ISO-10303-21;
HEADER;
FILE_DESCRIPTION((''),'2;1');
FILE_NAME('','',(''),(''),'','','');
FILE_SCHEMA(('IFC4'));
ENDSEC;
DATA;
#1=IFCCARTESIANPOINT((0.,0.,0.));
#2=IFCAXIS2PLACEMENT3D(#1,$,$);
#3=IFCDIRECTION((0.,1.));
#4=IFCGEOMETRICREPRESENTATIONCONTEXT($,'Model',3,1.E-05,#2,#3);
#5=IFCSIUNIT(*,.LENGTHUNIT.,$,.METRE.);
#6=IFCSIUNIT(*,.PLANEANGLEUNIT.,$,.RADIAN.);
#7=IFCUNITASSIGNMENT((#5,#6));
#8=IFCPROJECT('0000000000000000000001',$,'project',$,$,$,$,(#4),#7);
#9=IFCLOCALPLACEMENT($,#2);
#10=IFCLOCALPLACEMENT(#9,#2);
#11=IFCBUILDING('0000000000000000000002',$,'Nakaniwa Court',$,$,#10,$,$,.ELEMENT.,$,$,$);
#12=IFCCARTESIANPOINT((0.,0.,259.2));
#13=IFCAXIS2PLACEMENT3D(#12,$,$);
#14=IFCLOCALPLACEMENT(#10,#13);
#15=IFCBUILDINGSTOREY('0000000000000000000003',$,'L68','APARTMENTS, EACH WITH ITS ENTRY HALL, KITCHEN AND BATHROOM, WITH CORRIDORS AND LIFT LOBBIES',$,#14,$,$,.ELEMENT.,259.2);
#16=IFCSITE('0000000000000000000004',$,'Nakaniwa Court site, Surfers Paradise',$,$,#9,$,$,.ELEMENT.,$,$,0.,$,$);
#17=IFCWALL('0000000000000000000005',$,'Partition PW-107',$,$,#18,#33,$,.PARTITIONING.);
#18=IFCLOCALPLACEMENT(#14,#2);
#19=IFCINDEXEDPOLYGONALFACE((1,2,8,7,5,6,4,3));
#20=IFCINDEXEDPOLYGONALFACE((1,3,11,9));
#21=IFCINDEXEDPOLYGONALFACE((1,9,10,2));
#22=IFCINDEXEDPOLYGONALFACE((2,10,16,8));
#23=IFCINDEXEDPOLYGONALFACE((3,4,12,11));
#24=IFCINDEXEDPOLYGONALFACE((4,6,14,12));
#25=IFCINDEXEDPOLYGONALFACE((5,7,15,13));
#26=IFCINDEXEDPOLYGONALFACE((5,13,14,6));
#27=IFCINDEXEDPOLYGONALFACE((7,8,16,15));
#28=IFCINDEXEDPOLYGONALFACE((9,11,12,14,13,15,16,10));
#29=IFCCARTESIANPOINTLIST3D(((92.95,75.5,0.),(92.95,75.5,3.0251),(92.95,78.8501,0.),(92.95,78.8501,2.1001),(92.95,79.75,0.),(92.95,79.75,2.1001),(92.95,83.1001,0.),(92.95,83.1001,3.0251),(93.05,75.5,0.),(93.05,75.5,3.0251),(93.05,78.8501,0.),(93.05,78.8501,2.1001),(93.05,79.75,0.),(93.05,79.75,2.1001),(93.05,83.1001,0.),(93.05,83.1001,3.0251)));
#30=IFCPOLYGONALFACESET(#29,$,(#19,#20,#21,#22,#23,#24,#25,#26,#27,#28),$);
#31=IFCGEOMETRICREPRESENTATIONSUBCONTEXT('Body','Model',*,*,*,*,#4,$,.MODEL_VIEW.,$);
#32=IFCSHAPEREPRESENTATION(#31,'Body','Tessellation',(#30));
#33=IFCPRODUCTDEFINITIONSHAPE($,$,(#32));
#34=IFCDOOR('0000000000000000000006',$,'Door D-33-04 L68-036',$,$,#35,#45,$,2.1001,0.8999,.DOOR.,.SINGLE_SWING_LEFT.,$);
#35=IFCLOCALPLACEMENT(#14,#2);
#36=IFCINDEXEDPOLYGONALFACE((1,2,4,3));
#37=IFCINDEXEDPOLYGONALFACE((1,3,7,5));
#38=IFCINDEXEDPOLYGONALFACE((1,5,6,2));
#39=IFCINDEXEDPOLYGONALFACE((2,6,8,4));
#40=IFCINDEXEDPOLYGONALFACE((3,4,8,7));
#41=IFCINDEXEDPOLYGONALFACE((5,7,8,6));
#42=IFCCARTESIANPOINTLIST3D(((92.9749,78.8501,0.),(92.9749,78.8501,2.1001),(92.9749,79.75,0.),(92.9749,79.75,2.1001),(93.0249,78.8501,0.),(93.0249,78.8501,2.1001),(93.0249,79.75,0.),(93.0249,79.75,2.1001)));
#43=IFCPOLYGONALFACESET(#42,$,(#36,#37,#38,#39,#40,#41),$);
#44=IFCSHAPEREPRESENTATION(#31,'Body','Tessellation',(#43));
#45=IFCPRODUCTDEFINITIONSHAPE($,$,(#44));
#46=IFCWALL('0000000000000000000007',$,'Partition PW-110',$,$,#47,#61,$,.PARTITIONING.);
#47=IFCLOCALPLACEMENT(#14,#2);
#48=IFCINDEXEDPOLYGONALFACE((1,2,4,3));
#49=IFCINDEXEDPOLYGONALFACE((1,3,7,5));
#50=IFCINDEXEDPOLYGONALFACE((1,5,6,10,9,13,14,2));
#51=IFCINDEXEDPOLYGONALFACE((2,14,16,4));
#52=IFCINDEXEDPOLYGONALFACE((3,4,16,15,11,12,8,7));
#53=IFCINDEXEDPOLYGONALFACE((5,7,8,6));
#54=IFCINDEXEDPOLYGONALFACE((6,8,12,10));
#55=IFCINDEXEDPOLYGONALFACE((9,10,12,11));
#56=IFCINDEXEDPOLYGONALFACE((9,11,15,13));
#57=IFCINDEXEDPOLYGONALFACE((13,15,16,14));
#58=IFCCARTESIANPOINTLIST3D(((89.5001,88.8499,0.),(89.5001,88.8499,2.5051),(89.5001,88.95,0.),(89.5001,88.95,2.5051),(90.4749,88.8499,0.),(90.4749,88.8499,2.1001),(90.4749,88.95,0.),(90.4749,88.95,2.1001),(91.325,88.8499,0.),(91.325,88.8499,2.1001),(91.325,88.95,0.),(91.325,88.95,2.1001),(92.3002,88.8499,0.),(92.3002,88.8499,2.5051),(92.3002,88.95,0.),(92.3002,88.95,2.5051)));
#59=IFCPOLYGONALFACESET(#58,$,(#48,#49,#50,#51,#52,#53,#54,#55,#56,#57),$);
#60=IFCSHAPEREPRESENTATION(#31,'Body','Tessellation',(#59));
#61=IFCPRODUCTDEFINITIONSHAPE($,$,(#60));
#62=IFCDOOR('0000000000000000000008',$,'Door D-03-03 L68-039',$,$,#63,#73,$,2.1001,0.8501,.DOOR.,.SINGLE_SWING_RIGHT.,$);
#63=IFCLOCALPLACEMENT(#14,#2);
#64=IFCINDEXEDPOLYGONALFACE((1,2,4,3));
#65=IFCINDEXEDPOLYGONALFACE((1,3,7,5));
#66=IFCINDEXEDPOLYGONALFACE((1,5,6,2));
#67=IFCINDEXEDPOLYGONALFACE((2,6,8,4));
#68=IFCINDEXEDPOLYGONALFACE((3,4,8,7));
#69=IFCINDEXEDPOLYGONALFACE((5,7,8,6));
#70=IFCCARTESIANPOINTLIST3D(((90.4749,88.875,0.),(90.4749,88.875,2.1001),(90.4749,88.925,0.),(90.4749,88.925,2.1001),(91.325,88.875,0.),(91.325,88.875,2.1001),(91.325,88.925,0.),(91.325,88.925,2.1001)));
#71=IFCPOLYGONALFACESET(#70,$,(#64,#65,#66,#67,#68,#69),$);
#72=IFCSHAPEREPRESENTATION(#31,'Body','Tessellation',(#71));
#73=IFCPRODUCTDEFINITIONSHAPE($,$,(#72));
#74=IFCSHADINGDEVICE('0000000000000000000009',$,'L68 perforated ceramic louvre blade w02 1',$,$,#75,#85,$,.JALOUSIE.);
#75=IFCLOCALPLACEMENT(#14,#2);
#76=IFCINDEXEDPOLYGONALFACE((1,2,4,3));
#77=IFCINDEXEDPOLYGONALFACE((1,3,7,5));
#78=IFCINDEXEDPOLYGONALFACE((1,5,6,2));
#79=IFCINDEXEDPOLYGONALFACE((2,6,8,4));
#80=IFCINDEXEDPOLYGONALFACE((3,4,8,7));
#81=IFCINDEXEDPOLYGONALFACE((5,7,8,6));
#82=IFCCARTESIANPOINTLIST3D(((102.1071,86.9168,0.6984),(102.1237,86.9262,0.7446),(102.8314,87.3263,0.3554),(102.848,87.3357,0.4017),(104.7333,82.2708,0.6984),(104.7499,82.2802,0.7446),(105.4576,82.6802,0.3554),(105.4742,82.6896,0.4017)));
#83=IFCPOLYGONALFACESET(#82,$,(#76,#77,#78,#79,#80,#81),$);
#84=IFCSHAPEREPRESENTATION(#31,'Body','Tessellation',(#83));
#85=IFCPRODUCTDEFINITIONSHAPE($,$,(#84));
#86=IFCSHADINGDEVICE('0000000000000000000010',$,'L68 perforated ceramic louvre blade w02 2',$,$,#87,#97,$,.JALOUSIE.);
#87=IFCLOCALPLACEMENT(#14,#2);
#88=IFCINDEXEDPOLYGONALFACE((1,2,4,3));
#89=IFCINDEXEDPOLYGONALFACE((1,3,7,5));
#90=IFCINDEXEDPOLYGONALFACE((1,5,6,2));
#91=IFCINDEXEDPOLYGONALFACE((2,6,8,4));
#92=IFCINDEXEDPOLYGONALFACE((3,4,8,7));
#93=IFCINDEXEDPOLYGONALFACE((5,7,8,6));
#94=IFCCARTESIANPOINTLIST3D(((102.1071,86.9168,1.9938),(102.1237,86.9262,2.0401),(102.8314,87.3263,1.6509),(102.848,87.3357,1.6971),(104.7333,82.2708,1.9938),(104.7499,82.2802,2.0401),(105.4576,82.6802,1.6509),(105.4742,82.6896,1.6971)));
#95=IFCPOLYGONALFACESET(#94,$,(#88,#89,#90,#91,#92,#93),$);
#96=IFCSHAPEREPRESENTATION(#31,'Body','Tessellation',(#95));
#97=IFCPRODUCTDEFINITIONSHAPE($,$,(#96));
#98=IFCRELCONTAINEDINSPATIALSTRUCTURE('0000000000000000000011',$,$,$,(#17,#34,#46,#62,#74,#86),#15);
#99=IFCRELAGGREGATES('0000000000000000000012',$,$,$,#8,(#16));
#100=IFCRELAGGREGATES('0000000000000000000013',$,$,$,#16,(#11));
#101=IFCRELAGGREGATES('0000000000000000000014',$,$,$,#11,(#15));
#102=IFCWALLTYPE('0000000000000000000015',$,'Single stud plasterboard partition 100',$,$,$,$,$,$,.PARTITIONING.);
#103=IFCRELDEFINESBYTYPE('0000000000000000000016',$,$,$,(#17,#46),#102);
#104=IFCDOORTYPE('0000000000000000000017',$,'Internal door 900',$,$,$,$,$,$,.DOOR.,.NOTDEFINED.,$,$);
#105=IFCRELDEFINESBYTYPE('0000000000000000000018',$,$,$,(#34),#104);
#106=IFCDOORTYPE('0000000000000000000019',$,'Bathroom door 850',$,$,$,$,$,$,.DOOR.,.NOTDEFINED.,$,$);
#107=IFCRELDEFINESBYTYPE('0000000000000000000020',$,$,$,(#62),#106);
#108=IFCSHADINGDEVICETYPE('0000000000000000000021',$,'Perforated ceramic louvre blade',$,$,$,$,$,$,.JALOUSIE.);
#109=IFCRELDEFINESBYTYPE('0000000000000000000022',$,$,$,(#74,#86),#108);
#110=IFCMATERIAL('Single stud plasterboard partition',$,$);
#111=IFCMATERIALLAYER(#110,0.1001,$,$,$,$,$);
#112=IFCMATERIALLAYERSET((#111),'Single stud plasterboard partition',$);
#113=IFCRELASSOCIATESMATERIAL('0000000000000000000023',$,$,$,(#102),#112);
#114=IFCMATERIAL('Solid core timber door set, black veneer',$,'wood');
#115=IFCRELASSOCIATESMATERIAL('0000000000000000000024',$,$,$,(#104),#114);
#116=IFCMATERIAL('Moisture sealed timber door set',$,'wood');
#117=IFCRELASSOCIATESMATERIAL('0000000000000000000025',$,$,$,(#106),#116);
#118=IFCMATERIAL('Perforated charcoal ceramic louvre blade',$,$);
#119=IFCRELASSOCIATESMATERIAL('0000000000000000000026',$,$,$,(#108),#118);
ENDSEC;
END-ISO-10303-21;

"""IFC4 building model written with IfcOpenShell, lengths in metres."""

from ifc_helpers import new_model, si_unit, direction, frame, frame_2d, origin, origin_2d, place, context, subcontext, project, spatial, rectangle, extrude, material, layer, layer_set, material_profile, profile_set, type_object, element, fill, save


model = new_model("IFC4")

# Units and contexts
model_context = context("Model", 3, precision=1e-05, world=origin(), true_north=direction((0.0, 1.0)))
body_context = subcontext(model_context, "Body", "Model", "MODEL_VIEW")
ifc_project = project(units=[si_unit("LENGTHUNIT", "METRE"), si_unit("PLANEANGLEUNIT", "RADIAN")], contexts=[model_context])

# Site, building, storey
site_placement = place(None, origin())
site = spatial("IfcSite", under=ifc_project, at=site_placement, Name="Nakaniwa Court site, Surfers Paradise", CompositionType="ELEMENT", RefElevation=0.0)
building_placement = place(site_placement, origin())
building = spatial("IfcBuilding", under=site, at=building_placement, Name="Nakaniwa Court", CompositionType="ELEMENT")
storey_placement = place(building_placement, frame((0.0, 0.0, 259.2)))
storey = spatial("IfcBuildingStorey", under=building, at=storey_placement, Name="L68", Description="APARTMENTS, EACH WITH ITS ENTRY HALL, KITCHEN AND BATHROOM, WITH CORRIDORS AND LIFT LOBBIES", CompositionType="ELEMENT", Elevation=259.2)

# Walls, openings, doors
ifc_material_1 = material(Name="Single stud plasterboard partition")
ifc_layer_1 = layer(ifc_material_1, 0.1001)
ifc_layer_set_1 = layer_set([ifc_layer_1], Name="Single stud plasterboard partition")
wall_type_1 = type_object("IfcWallType", Name="Single stud plasterboard partition 100", PredefinedType="PARTITIONING", material=ifc_layer_set_1)
ifc_material_2 = material(Name="Solid core timber door set, black veneer", Category="wood")
door_type_1 = type_object("IfcDoorType", Name="Internal door 900", OperationType="NOTDEFINED", PredefinedType="DOOR", material=ifc_material_2)
ifc_material_3 = material(Name="Moisture sealed timber door set", Category="wood")
door_type_2 = type_object("IfcDoorType", Name="Bathroom door 850", OperationType="NOTDEFINED", PredefinedType="DOOR", material=ifc_material_3)
wall_1_placement = place(storey_placement, frame((93.0, 83.1001, 0.0), z_axis=(0.0, 0.0, 1.0), x_axis=(0.0, -1.0, 0.0)))
wall_1 = element("IfcWall", 1, at=wall_1_placement, inside=storey, type_object=wall_type_1, Name="Partition PW-107", PredefinedType="PARTITIONING", context=body_context, shape_type="SweptSolid", body=[
    extrude(rectangle(XDim=7.6001, YDim=0.1001, at=frame_2d((3.8, 0.0))), origin(), (0.0, 0.0, 1.0), 3.0251),
])
opening_1_placement = place(wall_1_placement, frame((3.3501, 0.0, 0.0)))
opening_1 = element("IfcOpeningElement", 2, at=opening_1_placement, cuts=wall_1, PredefinedType="OPENING", context=body_context, shape_type="SweptSolid", body=[
    extrude(rectangle(XDim=0.8999, YDim=2.1001, at=frame_2d((0.45, 1.05))), frame((0.0, 0.0601, 0.0), z_axis=(0.0, -1.0, 0.0), x_axis=(1.0, 0.0, 0.0)), (0.0, 0.0, 1.0), 0.1201),
])
door_1_placement = place(opening_1_placement, origin())
door_1 = element("IfcDoor", 3, at=door_1_placement, inside=storey, type_object=door_type_1, Name="Door D-33-04 L68-036", OperationType="SINGLE_SWING_LEFT", OverallHeight=2.1001, OverallWidth=0.8999, PredefinedType="DOOR", context=body_context, shape_type="SweptSolid", body=[
    extrude(rectangle(XDim=0.8999, YDim=2.1001, at=frame_2d((0.45, 1.05))), frame((0.0, 0.0249, 0.0), z_axis=(0.0, -1.0, 0.0), x_axis=(1.0, 0.0, 0.0)), (0.0, 0.0, 1.0), 0.05),
])
fill(opening_1, door_1)
wall_2_placement = place(storey_placement, frame((92.3, 88.8999, 0.0), z_axis=(0.0, 0.0, 1.0), x_axis=(-1.0, 0.0, 0.0)))
wall_2 = element("IfcWall", 4, at=wall_2_placement, inside=storey, type_object=wall_type_1, Name="Partition PW-110", PredefinedType="PARTITIONING", context=body_context, shape_type="SweptSolid", body=[
    extrude(rectangle(XDim=2.8, YDim=0.1001, at=frame_2d((1.3999, 0.0))), origin(), (0.0, 0.0, 1.0), 2.5051),
])
opening_2_placement = place(wall_2_placement, frame((0.9751, 0.0, 0.0)))
opening_2 = element("IfcOpeningElement", 5, at=opening_2_placement, cuts=wall_2, PredefinedType="OPENING", context=body_context, shape_type="SweptSolid", body=[
    extrude(rectangle(XDim=0.8501, YDim=2.1001, at=frame_2d((0.425, 1.05))), frame((0.0, 0.0601, 0.0), z_axis=(0.0, -1.0, 0.0), x_axis=(1.0, 0.0, 0.0)), (0.0, 0.0, 1.0), 0.1201),
])
door_2_placement = place(opening_2_placement, origin())
door_2 = element("IfcDoor", 6, at=door_2_placement, inside=storey, type_object=door_type_2, Name="Door D-03-03 L68-039", OperationType="SINGLE_SWING_RIGHT", OverallHeight=2.1001, OverallWidth=0.8501, PredefinedType="DOOR", context=body_context, shape_type="SweptSolid", body=[
    extrude(rectangle(XDim=0.8501, YDim=2.1001, at=frame_2d((0.425, 1.05))), frame((0.0, 0.0249, 0.0), z_axis=(0.0, -1.0, 0.0), x_axis=(1.0, 0.0, 0.0)), (0.0, 0.0, 1.0), 0.05),
])
fill(opening_2, door_2)

# Shading devices
ifc_material_4 = material(Name="Perforated charcoal ceramic louvre blade")
ifc_material_profile_1 = material_profile(ifc_material_4, rectangle(XDim=0.8999, YDim=0.05, at=origin_2d()), Name="Perforated ceramic louvre blade")
ifc_profile_set_1 = profile_set([ifc_material_profile_1], Name="Perforated charcoal ceramic louvre blade")
shading_device_type = type_object("IfcShadingDeviceType", Name="Perforated ceramic louvre blade", PredefinedType="JALOUSIE", material=ifc_profile_set_1)
for number, where, z_axis, x_axis, name in (
    (7, (105.1038, 82.4802, 0.55), (-0.492089, 0.870545, 0.0), (-0.804859, -0.454959, 0.38107), "L68 perforated ceramic louvre blade w02 1"),
    (8, (105.1038, 82.4802, 1.8455), (-0.492089, 0.870545, 0.0), (-0.804859, -0.454959, 0.38107), "L68 perforated ceramic louvre blade w02 2"),
):
    element("IfcShadingDevice", number, at=place(storey_placement, frame(where, z_axis=z_axis, x_axis=x_axis)), inside=storey, type_object=shading_device_type, Name=name, PredefinedType="JALOUSIE", context=body_context, shape_type="SweptSolid", body=[
        extrude(rectangle(XDim=0.8999, YDim=0.05, at=origin_2d()), origin(), (0.0, 0.0, 1.0), 5.3369),
    ])

save(model, "model.ifc")
